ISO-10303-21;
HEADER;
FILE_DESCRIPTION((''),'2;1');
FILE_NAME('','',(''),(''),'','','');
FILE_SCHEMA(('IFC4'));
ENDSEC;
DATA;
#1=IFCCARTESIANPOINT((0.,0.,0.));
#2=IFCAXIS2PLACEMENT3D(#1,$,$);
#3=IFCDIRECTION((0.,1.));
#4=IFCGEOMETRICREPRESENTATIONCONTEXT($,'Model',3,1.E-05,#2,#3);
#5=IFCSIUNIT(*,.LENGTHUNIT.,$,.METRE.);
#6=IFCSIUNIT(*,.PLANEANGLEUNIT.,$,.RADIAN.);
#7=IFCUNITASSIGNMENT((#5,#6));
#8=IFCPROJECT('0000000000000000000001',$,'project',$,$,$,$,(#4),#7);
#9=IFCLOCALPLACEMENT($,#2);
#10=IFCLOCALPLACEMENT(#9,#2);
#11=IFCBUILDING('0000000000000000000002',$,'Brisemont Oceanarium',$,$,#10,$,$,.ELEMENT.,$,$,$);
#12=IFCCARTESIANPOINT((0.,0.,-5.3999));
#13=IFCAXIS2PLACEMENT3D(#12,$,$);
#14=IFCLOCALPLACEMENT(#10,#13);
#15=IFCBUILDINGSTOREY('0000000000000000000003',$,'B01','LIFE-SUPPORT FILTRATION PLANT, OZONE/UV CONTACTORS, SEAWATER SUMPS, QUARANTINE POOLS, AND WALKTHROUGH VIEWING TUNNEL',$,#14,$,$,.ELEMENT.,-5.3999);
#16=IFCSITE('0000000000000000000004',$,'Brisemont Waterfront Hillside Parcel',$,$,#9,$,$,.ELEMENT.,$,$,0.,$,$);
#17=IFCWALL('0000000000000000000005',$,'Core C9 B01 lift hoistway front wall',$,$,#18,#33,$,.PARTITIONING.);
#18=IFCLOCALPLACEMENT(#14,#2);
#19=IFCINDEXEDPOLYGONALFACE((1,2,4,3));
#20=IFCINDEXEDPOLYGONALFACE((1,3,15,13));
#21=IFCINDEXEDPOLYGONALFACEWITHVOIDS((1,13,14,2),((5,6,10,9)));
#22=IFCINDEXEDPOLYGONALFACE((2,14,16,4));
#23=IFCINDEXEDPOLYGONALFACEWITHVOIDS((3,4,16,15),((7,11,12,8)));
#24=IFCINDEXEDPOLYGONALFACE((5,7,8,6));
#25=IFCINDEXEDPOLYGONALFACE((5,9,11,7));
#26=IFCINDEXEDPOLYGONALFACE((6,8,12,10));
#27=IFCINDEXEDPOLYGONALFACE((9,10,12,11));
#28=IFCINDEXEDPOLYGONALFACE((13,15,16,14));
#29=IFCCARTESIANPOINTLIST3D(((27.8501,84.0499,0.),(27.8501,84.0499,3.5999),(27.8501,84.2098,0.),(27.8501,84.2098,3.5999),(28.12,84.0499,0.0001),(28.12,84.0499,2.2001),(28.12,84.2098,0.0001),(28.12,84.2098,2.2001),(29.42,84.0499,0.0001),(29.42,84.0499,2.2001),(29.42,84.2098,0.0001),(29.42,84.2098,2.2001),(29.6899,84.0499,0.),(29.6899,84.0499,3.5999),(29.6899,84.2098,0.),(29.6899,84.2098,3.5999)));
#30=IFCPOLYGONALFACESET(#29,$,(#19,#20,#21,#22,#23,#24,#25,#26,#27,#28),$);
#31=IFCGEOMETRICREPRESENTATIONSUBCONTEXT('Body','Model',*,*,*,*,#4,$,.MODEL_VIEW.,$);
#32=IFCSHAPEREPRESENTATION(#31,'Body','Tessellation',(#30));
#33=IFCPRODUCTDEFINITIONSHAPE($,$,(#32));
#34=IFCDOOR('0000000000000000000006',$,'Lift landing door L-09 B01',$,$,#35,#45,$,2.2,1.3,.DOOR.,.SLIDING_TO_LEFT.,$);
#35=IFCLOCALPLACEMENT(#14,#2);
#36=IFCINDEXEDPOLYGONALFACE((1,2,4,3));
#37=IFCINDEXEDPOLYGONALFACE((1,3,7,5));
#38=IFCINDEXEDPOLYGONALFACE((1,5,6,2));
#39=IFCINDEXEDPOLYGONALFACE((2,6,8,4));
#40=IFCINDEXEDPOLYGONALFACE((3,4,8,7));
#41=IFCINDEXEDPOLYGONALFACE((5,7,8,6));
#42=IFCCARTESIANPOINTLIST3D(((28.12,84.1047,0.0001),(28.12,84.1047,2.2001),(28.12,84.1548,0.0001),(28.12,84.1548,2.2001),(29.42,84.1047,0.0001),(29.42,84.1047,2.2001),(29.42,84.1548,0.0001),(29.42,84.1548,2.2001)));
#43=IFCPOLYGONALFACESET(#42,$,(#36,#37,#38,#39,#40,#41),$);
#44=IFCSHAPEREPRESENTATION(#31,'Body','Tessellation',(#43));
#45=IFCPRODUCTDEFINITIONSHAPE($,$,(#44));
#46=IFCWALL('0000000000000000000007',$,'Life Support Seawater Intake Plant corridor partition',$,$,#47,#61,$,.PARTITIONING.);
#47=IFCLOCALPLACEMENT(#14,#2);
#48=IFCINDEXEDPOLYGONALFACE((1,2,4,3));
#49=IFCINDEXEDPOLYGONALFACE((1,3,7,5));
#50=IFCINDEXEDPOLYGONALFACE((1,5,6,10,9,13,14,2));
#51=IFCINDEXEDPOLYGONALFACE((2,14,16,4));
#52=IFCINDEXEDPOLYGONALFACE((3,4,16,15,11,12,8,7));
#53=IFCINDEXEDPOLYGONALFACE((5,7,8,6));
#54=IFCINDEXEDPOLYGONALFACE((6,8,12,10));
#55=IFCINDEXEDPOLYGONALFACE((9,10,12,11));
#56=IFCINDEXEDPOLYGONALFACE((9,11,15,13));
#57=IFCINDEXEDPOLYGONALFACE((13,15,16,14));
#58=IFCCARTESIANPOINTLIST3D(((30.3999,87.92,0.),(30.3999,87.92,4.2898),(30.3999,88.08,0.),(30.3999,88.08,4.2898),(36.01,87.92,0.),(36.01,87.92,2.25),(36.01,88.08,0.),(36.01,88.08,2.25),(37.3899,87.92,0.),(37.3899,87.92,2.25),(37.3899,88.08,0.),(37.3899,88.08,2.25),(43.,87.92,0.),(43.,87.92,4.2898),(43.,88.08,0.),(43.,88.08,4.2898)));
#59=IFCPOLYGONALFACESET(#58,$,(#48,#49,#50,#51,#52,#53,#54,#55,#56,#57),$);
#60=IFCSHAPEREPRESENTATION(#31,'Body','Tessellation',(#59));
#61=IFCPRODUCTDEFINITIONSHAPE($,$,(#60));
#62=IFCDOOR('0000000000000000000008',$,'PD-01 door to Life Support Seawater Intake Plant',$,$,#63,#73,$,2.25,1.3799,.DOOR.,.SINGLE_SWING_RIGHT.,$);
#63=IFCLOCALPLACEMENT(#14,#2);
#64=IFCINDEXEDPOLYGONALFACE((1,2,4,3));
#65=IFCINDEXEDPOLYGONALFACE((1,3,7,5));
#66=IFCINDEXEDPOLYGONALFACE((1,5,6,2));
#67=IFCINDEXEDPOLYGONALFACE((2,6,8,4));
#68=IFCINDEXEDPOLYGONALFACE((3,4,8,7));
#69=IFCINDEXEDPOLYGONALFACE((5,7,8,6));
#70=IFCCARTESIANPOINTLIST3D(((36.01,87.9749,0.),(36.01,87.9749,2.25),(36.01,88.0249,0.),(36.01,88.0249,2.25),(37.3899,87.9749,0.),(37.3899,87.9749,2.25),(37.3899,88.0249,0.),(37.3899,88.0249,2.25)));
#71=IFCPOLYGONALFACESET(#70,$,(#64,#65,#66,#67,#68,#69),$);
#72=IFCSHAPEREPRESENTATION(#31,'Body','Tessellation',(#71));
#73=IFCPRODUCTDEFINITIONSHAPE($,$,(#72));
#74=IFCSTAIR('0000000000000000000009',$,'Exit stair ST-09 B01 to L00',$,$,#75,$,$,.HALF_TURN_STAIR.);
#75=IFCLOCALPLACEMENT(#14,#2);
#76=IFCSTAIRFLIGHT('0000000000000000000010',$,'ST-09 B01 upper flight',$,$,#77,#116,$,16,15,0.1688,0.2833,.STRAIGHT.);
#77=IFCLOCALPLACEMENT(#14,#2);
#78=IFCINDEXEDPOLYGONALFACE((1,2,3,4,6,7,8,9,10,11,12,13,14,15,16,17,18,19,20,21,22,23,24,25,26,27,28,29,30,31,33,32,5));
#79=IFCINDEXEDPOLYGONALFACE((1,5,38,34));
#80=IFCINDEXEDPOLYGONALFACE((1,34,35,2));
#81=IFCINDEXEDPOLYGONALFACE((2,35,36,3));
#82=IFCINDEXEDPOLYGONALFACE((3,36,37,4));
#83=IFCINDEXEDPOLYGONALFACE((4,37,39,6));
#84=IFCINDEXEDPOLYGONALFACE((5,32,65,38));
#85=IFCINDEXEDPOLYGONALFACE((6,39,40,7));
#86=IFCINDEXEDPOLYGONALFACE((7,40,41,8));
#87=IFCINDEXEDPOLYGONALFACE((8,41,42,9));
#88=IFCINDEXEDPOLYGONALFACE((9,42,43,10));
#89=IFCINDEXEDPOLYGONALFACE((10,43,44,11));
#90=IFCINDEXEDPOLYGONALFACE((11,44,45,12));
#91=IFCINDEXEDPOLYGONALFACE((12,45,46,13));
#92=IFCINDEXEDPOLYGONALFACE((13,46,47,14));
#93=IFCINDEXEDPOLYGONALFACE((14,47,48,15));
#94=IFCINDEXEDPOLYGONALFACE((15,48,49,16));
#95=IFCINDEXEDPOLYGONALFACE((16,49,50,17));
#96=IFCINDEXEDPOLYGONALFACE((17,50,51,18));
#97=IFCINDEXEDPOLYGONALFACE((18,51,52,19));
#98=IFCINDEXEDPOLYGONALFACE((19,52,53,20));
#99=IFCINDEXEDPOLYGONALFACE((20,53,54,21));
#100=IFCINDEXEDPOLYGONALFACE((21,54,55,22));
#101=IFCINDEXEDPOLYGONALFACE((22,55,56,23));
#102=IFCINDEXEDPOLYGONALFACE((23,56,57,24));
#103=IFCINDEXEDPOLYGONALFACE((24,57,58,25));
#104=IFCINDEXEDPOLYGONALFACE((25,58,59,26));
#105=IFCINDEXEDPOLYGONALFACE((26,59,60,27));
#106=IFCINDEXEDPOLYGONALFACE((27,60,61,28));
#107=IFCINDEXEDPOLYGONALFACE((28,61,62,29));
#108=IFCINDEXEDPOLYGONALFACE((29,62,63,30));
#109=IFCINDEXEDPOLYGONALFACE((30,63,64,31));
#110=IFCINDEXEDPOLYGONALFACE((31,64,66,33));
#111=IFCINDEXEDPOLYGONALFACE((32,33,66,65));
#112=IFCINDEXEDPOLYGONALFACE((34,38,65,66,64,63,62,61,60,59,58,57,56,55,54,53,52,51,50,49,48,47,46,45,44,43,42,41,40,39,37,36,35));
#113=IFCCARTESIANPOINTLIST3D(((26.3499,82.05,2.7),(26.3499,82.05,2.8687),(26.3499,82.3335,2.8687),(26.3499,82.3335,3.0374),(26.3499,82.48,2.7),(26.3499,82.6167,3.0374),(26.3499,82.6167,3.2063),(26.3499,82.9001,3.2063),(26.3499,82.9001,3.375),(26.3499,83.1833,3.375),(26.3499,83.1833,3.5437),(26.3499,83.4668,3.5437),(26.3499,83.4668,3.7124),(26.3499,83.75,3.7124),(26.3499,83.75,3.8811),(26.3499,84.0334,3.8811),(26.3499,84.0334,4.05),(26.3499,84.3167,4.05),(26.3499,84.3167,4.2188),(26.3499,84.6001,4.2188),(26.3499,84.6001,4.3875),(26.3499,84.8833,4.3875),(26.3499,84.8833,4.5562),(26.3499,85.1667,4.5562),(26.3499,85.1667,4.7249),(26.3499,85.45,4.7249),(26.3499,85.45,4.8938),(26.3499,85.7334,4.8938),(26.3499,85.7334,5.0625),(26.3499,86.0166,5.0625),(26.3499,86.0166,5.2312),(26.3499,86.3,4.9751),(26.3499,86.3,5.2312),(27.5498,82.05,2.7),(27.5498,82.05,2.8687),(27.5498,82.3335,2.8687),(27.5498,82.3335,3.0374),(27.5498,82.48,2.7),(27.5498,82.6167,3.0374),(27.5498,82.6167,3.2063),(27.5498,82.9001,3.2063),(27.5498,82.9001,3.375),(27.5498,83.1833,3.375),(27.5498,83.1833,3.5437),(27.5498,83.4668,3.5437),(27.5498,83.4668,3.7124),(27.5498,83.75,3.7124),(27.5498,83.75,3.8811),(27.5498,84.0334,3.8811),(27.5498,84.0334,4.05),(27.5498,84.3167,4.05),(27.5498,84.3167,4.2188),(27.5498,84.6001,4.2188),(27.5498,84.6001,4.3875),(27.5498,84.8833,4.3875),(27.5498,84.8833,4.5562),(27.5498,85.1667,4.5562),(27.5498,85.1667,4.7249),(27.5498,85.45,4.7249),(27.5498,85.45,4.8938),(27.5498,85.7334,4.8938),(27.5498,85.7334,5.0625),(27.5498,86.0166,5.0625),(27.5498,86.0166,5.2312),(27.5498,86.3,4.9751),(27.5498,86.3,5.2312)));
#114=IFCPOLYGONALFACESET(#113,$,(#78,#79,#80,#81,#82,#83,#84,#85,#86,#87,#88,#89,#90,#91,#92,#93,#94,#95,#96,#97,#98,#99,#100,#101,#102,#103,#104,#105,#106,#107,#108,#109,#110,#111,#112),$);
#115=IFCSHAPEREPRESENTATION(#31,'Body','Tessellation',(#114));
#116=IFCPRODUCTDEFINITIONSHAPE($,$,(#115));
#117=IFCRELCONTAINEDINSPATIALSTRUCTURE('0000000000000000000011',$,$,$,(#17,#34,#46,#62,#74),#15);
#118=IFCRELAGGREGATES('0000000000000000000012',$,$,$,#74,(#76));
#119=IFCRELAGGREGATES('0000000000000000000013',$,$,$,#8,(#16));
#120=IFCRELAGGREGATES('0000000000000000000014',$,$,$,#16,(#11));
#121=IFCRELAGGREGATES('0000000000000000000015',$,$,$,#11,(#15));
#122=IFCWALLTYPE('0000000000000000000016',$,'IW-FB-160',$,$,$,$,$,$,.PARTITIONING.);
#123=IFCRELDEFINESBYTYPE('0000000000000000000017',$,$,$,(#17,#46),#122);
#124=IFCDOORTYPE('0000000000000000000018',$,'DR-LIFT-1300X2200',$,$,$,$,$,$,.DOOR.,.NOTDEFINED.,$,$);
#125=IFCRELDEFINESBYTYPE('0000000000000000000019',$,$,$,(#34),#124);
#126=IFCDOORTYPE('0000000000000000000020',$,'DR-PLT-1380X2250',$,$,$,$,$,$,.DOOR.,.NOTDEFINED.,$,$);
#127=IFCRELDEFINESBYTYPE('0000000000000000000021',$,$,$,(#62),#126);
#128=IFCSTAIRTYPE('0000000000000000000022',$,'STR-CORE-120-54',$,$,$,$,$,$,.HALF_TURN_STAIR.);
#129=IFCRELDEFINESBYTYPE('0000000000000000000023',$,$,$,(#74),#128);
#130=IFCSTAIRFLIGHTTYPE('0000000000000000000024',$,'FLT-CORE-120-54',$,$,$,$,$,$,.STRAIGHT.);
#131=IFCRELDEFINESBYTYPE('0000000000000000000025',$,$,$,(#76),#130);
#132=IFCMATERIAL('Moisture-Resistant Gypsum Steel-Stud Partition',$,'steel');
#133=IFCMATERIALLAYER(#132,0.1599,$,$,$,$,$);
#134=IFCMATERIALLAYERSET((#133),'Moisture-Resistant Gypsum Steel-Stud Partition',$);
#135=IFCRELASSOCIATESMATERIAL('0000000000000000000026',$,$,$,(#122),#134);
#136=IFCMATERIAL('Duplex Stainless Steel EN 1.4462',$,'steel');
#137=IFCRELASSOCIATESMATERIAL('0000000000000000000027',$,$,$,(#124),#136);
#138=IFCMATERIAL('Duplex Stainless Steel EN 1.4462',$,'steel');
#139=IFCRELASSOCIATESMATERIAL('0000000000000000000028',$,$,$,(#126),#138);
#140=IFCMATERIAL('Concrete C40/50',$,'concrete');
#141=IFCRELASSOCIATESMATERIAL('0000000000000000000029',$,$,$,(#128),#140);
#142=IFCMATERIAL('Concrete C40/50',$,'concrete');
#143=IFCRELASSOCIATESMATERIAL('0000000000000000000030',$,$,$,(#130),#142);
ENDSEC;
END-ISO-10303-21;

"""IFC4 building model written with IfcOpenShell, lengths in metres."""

from ifc_helpers import new_model, si_unit, direction, frame, frame_2d, origin, place, context, subcontext, project, spatial, polyline, rectangle, outline, extrude, material, layer, layer_set, type_object, element, fill, aggregate, save


model = new_model("IFC4")

# Units and contexts
model_context = context("Model", 3, precision=1e-05, world=origin(), true_north=direction((0.0, 1.0)))
body_context = subcontext(model_context, "Body", "Model", "MODEL_VIEW")
ifc_project = project(units=[si_unit("LENGTHUNIT", "METRE"), si_unit("PLANEANGLEUNIT", "RADIAN")], contexts=[model_context])

# Site, building, storey
site_placement = place(None, origin())
site = spatial("IfcSite", under=ifc_project, at=site_placement, Name="Brisemont Waterfront Hillside Parcel", CompositionType="ELEMENT", RefElevation=0.0)
building_placement = place(site_placement, origin())
building = spatial("IfcBuilding", under=site, at=building_placement, Name="Brisemont Oceanarium", CompositionType="ELEMENT")
storey_placement = place(building_placement, frame((0.0, 0.0, -5.3999)))
storey = spatial("IfcBuildingStorey", under=building, at=storey_placement, Name="B01", Description="LIFE-SUPPORT FILTRATION PLANT, OZONE/UV CONTACTORS, SEAWATER SUMPS, QUARANTINE POOLS, AND WALKTHROUGH VIEWING TUNNEL", CompositionType="ELEMENT", Elevation=-5.3999)

# Walls, openings, doors
ifc_material_1 = material(Name="Moisture-Resistant Gypsum Steel-Stud Partition", Category="steel")
ifc_layer = layer(ifc_material_1, 0.1599)
ifc_layer_set = layer_set([ifc_layer], Name="Moisture-Resistant Gypsum Steel-Stud Partition")
wall_type = type_object("IfcWallType", Name="IW-FB-160", PredefinedType="PARTITIONING", material=ifc_layer_set)
wall_1_placement = place(storey_placement, frame((27.8501, 84.1299, 0.0), z_axis=(0.0, 0.0, 1.0), x_axis=(1.0, 0.0, 0.0)))
wall_1 = element("IfcWall", 1, at=wall_1_placement, inside=storey, type_object=wall_type, Name="Core C9 B01 lift hoistway front wall", PredefinedType="PARTITIONING", context=body_context, shape_type="SweptSolid", body=[
    extrude(rectangle(XDim=1.8398, YDim=0.1599, at=frame_2d((0.9199, 0.0))), origin(), (0.0, 0.0, 1.0), 3.5999),
])
opening_1_placement = place(wall_1_placement, frame((0.27, 0.0, 0.0)))
opening_1 = element("IfcOpeningElement", 2, at=opening_1_placement, cuts=wall_1, PredefinedType="OPENING", context=body_context, shape_type="SweptSolid", body=[
    extrude(rectangle(XDim=1.3, YDim=2.2, at=frame_2d((0.6499, 1.1001))), frame((0.0, 0.0898, 0.0), z_axis=(0.0, -1.0, 0.0), x_axis=(1.0, 0.0, 0.0)), (0.0, 0.0, 1.0), 0.1799),
])
ifc_material_2 = material(Name="Duplex Stainless Steel EN 1.4462", Category="steel")
door_type_1 = type_object("IfcDoorType", Name="DR-LIFT-1300X2200", OperationType="NOTDEFINED", PredefinedType="DOOR", material=ifc_material_2)
door_1_placement = place(opening_1_placement, origin())
door_1 = element("IfcDoor", 3, at=door_1_placement, inside=storey, type_object=door_type_1, Name="Lift landing door L-09 B01", OperationType="SLIDING_TO_LEFT", OverallHeight=2.2, OverallWidth=1.3, PredefinedType="DOOR", context=body_context, shape_type="SweptSolid", body=[
    extrude(rectangle(XDim=1.3, YDim=2.2, at=frame_2d((0.6499, 1.1001))), frame((0.0, 0.0249, 0.0), z_axis=(0.0, -1.0, 0.0), x_axis=(1.0, 0.0, 0.0)), (0.0, 0.0, 1.0), 0.05),
])
fill(opening_1, door_1)
wall_2_placement = place(storey_placement, frame((30.3999, 88.0, 0.0), z_axis=(0.0, 0.0, 1.0), x_axis=(1.0, 0.0, 0.0)))
wall_2 = element("IfcWall", 4, at=wall_2_placement, inside=storey, type_object=wall_type, Name="Life Support Seawater Intake Plant corridor partition", PredefinedType="PARTITIONING", context=body_context, shape_type="SweptSolid", body=[
    extrude(rectangle(XDim=12.6001, YDim=0.1599, at=frame_2d((6.3, 0.0))), origin(), (0.0, 0.0, 1.0), 4.2898),
])
opening_2_placement = place(wall_2_placement, frame((5.6101, 0.0, 0.0)))
opening_2 = element("IfcOpeningElement", 5, at=opening_2_placement, cuts=wall_2, PredefinedType="OPENING", context=body_context, shape_type="SweptSolid", body=[
    extrude(rectangle(XDim=1.3799, YDim=2.25, at=frame_2d((0.6899, 1.125))), frame((0.0, 0.0898, 0.0), z_axis=(0.0, -1.0, 0.0), x_axis=(1.0, 0.0, 0.0)), (0.0, 0.0, 1.0), 0.1799),
])
ifc_material_3 = material(Name="Duplex Stainless Steel EN 1.4462", Category="steel")
door_type_2 = type_object("IfcDoorType", Name="DR-PLT-1380X2250", OperationType="NOTDEFINED", PredefinedType="DOOR", material=ifc_material_3)
door_2_placement = place(opening_2_placement, origin())
door_2 = element("IfcDoor", 6, at=door_2_placement, inside=storey, type_object=door_type_2, Name="PD-01 door to Life Support Seawater Intake Plant", OperationType="SINGLE_SWING_RIGHT", OverallHeight=2.25, OverallWidth=1.3799, PredefinedType="DOOR", context=body_context, shape_type="SweptSolid", body=[
    extrude(rectangle(XDim=1.3799, YDim=2.25, at=frame_2d((0.6899, 1.125))), frame((0.0, 0.0249, 0.0), z_axis=(0.0, -1.0, 0.0), x_axis=(1.0, 0.0, 0.0)), (0.0, 0.0, 1.0), 0.05),
])
fill(opening_2, door_2)

# Stair, stair flight
ifc_material_4 = material(Name="Concrete C40/50", Category="concrete")
stair_type = type_object("IfcStairType", Name="STR-CORE-120-54", PredefinedType="HALF_TURN_STAIR", material=ifc_material_4)
stair_placement = place(storey_placement, origin())
stair = element("IfcStair", 7, at=stair_placement, inside=storey, type_object=stair_type, Name="Exit stair ST-09 B01 to L00", PredefinedType="HALF_TURN_STAIR")
ifc_material_5 = material(Name="Concrete C40/50", Category="concrete")
stair_flight_type = type_object("IfcStairFlightType", Name="FLT-CORE-120-54", PredefinedType="STRAIGHT", material=ifc_material_5)
stair_flight_placement = place(storey_placement, frame((26.95, 82.05, 2.7), z_axis=(0.0, 0.0, 1.0), x_axis=(0.0, 1.0, 0.0)))
stair_flight = element("IfcStairFlight", 8, at=stair_flight_placement, type_object=stair_flight_type, Name="ST-09 B01 upper flight", NumberOfRisers=16, NumberOfTreads=15, PredefinedType="STRAIGHT", RiserHeight=0.1688, TreadLength=0.2833, context=body_context, shape_type="SweptSolid", body=[
    extrude(outline(polyline([(0.0, 0.0), (0.0, 0.1687), (0.2834, 0.1687), (0.2834, 0.3374), (0.5667, 0.3374), (0.5667, 0.5063), (0.8501, 0.5063), (0.8501, 0.675), (1.1333, 0.675), (1.1333, 0.8438), (1.4167, 0.8438), (1.4167, 1.0125), (1.7, 1.0125), (1.7, 1.1812), (1.9834, 1.1812), (1.9834, 1.3501), (2.2666, 1.3501), (2.2666, 1.5188), (2.55, 1.5188), (2.55, 1.6875), (2.8333, 1.6875), (2.8333, 1.8562), (3.1167, 1.8562), (3.1167, 2.0249), (3.3999, 2.0249), (3.3999, 2.1938), (3.6833, 2.1938), (3.6833, 2.3625), (3.9666, 2.3625), (3.9666, 2.5312), (4.25, 2.5312), (4.25, 2.7), (4.25, 2.2751), (0.4299, 0.0), (0.0, 0.0)])), frame((0.0, 0.6001, 0.0), z_axis=(0.0, -1.0, 0.0), x_axis=(1.0, 0.0, 0.0)), (0.0, 0.0, 1.0), 1.2),
])
aggregate(stair, [stair_flight])

save(model, "model.ifc")
